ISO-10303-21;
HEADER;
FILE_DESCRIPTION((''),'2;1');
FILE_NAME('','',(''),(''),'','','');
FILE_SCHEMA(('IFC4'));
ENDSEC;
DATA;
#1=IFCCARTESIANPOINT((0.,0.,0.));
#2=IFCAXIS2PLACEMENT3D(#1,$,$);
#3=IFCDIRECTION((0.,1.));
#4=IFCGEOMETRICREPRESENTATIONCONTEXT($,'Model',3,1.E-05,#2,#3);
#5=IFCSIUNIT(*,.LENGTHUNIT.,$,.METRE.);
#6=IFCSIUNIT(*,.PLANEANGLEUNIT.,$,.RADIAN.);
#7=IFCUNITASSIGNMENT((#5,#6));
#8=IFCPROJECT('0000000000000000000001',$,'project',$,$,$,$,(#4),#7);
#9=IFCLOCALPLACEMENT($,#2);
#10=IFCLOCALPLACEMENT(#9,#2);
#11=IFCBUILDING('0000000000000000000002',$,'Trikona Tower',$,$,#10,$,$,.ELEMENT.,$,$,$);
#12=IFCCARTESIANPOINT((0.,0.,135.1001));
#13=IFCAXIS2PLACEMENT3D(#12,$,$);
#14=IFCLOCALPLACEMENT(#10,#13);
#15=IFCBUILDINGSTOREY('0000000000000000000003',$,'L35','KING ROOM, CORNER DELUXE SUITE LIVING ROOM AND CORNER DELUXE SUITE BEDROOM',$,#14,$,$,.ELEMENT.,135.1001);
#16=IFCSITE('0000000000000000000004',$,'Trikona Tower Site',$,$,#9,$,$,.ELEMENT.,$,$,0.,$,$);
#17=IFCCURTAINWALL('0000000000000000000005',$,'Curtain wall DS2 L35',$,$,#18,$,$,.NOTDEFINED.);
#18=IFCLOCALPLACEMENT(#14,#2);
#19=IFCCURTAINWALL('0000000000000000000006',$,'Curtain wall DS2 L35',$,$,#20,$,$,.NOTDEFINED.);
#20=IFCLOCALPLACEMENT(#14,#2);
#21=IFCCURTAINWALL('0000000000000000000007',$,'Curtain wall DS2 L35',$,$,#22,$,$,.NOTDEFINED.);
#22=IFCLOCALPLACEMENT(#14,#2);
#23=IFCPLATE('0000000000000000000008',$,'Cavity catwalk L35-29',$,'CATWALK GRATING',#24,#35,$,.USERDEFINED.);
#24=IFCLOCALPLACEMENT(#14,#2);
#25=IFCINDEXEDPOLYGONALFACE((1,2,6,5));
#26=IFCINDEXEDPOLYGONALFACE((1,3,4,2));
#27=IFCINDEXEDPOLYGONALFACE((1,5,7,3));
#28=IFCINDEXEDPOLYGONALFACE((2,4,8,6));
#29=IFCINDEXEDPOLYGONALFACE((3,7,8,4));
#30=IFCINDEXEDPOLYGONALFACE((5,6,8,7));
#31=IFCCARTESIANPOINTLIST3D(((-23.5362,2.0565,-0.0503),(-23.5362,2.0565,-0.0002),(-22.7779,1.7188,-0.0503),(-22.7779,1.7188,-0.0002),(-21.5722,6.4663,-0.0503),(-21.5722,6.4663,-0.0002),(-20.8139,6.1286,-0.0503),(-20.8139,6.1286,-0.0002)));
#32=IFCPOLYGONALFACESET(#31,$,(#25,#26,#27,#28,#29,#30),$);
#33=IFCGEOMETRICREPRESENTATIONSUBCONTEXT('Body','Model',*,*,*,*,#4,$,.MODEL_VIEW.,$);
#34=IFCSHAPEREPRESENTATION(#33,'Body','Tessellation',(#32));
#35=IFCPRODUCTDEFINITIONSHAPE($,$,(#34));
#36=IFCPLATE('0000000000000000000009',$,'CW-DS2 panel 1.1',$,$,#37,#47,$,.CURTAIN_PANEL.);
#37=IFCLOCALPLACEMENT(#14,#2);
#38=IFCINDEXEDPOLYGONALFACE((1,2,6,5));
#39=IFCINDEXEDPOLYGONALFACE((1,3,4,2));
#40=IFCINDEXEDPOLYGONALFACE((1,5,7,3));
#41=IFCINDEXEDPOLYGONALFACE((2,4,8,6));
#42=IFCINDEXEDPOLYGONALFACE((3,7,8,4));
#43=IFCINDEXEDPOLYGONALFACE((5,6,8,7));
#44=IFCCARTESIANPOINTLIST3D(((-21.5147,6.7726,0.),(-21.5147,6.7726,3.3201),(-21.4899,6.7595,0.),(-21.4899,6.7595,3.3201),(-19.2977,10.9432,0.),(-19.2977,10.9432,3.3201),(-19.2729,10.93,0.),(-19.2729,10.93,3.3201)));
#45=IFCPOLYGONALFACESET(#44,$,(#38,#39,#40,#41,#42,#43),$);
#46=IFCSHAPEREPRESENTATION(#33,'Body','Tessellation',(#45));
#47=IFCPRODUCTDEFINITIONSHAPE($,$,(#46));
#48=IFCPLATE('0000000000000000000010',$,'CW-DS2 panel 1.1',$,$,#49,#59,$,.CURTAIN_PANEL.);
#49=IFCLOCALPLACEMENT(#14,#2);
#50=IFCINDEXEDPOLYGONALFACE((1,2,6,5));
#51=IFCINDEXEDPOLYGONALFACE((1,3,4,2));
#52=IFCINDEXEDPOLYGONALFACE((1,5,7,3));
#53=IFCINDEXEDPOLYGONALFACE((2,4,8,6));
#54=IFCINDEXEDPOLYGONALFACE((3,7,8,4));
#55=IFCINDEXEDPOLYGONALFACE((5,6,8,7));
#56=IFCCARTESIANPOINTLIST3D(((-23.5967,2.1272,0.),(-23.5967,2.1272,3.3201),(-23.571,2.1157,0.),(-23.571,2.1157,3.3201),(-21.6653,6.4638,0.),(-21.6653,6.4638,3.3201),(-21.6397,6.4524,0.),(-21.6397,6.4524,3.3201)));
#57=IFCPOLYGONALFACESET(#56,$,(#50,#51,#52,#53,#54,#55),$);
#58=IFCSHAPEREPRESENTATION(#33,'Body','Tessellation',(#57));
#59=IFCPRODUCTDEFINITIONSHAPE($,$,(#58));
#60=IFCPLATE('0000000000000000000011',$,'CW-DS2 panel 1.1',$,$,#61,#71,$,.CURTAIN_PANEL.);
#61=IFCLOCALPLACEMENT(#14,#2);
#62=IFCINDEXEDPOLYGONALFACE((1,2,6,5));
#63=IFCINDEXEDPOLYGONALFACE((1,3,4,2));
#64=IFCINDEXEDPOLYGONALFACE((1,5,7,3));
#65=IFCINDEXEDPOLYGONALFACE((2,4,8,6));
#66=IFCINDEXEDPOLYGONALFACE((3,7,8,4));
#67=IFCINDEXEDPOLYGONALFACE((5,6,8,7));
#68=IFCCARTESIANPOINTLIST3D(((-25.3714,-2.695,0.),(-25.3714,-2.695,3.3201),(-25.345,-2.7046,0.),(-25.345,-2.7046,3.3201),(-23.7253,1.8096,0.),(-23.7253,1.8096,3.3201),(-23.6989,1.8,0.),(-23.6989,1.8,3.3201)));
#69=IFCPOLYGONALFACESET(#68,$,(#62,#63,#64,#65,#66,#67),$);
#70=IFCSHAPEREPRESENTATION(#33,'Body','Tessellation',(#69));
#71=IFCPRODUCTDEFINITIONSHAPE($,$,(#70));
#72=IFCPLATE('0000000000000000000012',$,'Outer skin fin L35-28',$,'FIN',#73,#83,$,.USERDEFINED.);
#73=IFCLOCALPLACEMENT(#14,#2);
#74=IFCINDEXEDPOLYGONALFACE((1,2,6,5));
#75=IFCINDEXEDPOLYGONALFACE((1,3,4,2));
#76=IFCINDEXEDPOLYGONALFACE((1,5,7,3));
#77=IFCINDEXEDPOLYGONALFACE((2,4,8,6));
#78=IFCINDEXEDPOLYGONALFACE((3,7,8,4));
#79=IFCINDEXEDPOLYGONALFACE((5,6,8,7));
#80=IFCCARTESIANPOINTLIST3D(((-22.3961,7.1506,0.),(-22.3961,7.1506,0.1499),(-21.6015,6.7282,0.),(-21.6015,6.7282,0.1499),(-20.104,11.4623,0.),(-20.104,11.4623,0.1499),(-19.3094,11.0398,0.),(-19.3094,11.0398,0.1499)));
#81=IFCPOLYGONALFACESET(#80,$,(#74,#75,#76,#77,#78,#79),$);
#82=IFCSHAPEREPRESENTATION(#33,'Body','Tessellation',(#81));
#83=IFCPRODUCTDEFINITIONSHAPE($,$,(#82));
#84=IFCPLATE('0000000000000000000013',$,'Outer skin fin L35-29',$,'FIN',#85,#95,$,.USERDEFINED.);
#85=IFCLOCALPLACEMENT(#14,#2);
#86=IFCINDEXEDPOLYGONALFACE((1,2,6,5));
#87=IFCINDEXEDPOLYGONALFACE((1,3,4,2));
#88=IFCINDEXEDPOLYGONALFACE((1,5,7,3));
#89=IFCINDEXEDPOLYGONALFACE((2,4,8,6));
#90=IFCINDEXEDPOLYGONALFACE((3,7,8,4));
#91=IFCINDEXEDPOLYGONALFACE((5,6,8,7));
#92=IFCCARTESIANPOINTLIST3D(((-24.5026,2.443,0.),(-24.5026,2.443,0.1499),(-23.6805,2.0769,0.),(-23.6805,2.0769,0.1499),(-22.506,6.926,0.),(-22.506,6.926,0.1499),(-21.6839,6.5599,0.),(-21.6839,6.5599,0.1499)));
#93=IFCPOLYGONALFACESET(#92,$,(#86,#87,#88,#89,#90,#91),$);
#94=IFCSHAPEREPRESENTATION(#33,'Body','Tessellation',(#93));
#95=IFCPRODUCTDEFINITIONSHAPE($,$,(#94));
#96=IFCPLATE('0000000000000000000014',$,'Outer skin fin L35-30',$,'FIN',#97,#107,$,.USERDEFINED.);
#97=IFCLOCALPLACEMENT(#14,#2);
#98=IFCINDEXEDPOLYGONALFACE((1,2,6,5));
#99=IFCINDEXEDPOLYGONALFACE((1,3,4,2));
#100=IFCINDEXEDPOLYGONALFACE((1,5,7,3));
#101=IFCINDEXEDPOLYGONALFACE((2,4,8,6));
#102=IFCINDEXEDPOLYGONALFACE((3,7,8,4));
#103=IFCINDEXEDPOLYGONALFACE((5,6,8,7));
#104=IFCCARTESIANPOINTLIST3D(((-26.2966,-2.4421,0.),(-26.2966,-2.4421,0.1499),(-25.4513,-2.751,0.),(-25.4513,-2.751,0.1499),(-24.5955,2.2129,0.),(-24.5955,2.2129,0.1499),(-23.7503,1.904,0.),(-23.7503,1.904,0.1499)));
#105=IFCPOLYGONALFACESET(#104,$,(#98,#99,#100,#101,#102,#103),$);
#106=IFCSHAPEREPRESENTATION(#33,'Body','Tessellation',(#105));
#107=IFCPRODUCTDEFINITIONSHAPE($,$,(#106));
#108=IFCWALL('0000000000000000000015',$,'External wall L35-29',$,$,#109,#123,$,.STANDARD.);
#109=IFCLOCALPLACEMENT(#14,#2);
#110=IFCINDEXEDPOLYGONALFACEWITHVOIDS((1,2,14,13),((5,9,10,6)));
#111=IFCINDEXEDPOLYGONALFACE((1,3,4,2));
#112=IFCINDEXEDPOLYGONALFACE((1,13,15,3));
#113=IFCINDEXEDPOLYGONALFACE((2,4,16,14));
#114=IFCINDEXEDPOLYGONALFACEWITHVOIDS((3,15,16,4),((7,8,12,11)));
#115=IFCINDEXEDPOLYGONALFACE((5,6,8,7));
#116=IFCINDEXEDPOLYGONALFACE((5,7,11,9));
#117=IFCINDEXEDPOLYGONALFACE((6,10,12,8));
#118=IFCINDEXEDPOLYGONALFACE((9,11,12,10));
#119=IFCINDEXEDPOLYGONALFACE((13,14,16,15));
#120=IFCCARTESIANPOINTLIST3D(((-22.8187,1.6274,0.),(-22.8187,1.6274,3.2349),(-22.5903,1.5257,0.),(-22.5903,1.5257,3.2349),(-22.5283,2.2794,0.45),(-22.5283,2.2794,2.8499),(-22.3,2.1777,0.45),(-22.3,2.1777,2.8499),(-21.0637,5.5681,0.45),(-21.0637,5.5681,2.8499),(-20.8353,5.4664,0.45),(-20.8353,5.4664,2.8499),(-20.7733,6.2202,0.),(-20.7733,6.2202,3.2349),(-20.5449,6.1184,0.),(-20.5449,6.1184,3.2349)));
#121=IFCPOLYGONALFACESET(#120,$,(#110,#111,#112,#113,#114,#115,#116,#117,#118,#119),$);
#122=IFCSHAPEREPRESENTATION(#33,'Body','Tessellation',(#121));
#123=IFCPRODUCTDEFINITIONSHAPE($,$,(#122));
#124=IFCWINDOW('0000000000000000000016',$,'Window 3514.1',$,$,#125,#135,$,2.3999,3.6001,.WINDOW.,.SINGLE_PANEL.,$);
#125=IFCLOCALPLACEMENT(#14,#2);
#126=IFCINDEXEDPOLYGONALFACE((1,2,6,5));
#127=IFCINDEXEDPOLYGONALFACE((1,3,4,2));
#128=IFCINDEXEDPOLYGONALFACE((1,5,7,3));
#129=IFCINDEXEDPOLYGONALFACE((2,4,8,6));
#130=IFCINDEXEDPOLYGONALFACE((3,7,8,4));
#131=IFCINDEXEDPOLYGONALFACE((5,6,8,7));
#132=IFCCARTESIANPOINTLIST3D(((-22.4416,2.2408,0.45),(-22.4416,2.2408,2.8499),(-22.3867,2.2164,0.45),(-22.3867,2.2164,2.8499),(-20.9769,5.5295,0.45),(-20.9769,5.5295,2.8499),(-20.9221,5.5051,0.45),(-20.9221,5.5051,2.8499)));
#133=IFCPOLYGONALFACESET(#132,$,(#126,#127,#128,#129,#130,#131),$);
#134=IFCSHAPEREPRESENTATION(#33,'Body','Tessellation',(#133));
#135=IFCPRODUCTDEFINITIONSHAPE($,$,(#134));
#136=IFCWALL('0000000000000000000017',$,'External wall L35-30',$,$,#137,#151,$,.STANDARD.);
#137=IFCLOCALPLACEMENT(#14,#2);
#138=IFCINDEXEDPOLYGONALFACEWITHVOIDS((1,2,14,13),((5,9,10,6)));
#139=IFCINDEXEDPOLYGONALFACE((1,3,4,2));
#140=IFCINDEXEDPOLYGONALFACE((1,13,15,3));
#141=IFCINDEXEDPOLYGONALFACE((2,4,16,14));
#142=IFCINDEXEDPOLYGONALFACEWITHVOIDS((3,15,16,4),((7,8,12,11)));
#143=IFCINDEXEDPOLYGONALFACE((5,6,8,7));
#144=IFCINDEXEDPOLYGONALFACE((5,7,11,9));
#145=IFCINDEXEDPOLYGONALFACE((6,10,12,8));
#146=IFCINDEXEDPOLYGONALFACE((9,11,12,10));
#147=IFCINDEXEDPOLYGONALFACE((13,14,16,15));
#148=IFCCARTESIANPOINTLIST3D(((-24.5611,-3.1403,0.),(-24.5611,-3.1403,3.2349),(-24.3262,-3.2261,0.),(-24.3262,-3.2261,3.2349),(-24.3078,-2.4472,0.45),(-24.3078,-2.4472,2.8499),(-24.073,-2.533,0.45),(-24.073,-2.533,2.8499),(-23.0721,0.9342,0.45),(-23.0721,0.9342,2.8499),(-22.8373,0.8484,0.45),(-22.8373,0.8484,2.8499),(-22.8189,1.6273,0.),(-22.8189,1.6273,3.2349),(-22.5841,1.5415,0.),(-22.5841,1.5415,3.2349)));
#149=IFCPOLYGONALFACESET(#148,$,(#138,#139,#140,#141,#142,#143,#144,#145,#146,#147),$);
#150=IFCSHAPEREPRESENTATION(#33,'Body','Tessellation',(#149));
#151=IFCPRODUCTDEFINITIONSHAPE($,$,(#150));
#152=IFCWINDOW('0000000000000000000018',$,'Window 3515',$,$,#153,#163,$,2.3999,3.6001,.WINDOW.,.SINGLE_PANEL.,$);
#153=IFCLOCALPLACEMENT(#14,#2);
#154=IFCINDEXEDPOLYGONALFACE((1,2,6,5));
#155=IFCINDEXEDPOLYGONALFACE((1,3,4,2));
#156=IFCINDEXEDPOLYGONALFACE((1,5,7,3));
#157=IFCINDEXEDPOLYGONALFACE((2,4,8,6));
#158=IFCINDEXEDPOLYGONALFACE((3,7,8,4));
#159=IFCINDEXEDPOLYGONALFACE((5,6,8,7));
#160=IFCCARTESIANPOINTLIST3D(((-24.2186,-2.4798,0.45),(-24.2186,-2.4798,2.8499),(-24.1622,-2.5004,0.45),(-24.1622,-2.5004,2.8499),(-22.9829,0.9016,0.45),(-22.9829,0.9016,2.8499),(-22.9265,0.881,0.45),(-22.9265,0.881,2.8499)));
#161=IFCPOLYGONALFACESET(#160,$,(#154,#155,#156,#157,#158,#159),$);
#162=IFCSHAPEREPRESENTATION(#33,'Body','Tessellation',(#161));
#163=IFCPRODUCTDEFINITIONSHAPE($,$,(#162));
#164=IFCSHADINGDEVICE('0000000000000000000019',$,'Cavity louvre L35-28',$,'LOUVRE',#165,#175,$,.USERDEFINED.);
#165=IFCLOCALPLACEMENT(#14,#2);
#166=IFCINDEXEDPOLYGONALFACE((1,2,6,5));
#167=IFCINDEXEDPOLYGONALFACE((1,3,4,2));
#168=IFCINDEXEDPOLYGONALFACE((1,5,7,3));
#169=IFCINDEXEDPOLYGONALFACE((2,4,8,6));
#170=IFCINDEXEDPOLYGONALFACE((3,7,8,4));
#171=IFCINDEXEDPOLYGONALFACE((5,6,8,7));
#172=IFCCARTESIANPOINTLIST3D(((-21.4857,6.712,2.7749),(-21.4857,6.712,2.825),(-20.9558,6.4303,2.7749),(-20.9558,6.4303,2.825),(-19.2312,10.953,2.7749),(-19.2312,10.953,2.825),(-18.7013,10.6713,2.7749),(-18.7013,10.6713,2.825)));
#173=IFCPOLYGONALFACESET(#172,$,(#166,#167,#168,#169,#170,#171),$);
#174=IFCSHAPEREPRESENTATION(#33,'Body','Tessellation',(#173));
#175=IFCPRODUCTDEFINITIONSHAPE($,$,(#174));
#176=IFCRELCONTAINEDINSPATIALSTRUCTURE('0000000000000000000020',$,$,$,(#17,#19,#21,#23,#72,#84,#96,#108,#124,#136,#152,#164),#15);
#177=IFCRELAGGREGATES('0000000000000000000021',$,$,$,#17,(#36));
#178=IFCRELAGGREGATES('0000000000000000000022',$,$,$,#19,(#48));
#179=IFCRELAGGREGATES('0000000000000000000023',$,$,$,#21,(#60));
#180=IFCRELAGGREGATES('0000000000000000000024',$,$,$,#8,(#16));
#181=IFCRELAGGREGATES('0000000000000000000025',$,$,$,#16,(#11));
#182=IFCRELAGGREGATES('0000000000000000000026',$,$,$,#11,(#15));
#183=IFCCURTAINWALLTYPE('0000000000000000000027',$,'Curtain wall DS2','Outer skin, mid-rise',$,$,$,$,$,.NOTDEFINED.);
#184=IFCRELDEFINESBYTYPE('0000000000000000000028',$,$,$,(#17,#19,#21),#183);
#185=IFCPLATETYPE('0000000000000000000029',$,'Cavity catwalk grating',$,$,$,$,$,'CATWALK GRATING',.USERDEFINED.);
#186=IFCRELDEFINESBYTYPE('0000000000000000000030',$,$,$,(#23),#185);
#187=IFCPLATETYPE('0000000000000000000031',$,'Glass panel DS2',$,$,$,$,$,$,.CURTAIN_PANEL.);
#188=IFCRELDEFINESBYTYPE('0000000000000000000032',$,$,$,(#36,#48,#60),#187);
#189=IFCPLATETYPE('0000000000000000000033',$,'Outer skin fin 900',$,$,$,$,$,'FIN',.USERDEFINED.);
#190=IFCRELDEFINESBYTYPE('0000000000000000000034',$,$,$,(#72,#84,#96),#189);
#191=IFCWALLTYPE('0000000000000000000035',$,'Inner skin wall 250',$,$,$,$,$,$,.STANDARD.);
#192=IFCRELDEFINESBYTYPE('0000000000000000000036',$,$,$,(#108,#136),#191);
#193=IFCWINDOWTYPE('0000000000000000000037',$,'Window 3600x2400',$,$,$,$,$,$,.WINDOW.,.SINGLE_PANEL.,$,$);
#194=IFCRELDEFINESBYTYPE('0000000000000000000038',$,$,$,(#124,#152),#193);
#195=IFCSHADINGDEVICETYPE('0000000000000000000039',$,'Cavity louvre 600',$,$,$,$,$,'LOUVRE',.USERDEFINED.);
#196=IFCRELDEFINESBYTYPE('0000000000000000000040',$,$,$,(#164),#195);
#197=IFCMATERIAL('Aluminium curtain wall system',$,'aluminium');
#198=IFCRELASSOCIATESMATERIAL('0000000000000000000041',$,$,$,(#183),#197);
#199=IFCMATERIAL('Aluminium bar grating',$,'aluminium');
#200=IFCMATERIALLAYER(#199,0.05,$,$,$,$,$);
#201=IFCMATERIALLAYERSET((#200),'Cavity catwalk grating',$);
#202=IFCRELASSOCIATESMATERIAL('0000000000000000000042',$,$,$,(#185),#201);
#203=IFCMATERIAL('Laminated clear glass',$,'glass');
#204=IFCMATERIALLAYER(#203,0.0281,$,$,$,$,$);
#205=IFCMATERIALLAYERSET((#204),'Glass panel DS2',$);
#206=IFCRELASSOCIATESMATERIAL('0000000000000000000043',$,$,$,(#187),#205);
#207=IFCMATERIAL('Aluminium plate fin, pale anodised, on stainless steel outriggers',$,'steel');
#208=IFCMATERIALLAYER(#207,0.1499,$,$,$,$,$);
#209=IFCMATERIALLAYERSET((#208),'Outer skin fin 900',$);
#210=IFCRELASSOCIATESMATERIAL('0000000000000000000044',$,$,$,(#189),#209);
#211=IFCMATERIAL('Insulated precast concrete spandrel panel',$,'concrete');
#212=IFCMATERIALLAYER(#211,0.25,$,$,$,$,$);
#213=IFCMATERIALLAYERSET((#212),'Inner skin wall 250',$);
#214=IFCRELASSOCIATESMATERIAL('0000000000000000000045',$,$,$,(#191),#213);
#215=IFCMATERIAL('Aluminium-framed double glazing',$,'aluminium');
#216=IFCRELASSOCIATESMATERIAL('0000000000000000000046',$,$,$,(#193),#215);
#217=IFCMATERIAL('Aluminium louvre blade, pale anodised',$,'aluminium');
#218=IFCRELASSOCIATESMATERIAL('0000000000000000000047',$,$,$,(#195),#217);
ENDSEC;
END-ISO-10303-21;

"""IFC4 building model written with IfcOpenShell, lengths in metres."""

from ifc_helpers import new_model, si_unit, direction, frame, frame_2d, origin, origin_2d, place, context, subcontext, project, spatial, rectangle, extrude, material, layer, layer_set, type_object, element, fill, aggregate, save


model = new_model("IFC4")

# Units and contexts
model_context = context("Model", 3, precision=1e-05, world=origin(), true_north=direction((0.0, 1.0)))
body_context = subcontext(model_context, "Body", "Model", "MODEL_VIEW")
ifc_project = project(units=[si_unit("LENGTHUNIT", "METRE"), si_unit("PLANEANGLEUNIT", "RADIAN")], contexts=[model_context])

# Site, building, storey
site_placement = place(None, origin())
site = spatial("IfcSite", under=ifc_project, at=site_placement, Name="Trikona Tower Site", CompositionType="ELEMENT", RefElevation=0.0)
building_placement = place(site_placement, origin())
building = spatial("IfcBuilding", under=site, at=building_placement, Name="Trikona Tower", CompositionType="ELEMENT")
storey_placement = place(building_placement, frame((0.0, 0.0, 135.1001)))
storey = spatial("IfcBuildingStorey", under=building, at=storey_placement, Name="L35", Description="KING ROOM, CORNER DELUXE SUITE LIVING ROOM AND CORNER DELUXE SUITE BEDROOM", CompositionType="ELEMENT", Elevation=135.1001)

# Shared definitions
ifc_material_1 = material(Name="Aluminium curtain wall system", Category="aluminium")
curtain_wall_type = type_object("IfcCurtainWallType", Name="Curtain wall DS2", Description="Outer skin, mid-rise", PredefinedType="NOTDEFINED", material=ifc_material_1)

# Curtain walls
curtain_wall_1_placement = place(storey_placement, origin())
curtain_wall_1 = element("IfcCurtainWall", 1, at=curtain_wall_1_placement, inside=storey, type_object=curtain_wall_type, Name="Curtain wall DS2 L35", PredefinedType="NOTDEFINED")
curtain_wall_2_placement = place(storey_placement, origin())
curtain_wall_2 = element("IfcCurtainWall", 2, at=curtain_wall_2_placement, inside=storey, type_object=curtain_wall_type, Name="Curtain wall DS2 L35", PredefinedType="NOTDEFINED")

# Curtain wall
curtain_wall_3_placement = place(storey_placement, origin())
curtain_wall_3 = element("IfcCurtainWall", 3, at=curtain_wall_3_placement, inside=storey, type_object=curtain_wall_type, Name="Curtain wall DS2 L35", PredefinedType="NOTDEFINED")

# Plate
ifc_material_2 = material(Name="Aluminium bar grating", Category="aluminium")
ifc_layer_1 = layer(ifc_material_2, 0.05)
ifc_layer_set_1 = layer_set([ifc_layer_1], Name="Cavity catwalk grating")
plate_type_1 = type_object("IfcPlateType", Name="Cavity catwalk grating", ElementType="CATWALK GRATING", PredefinedType="USERDEFINED", material=ifc_layer_set_1)
plate_1_placement = place(storey_placement, frame((-22.175, 4.0925, -0.0503), z_axis=(0.0, 0.0, 1.0), x_axis=(-0.406843, -0.913498, 0.0)))
element("IfcPlate", 4, at=plate_1_placement, inside=storey, type_object=plate_type_1, Name="Cavity catwalk L35-29", ObjectType="CATWALK GRATING", PredefinedType="USERDEFINED", context=body_context, shape_type="SweptSolid", body=[
    extrude(rectangle(XDim=4.8274, YDim=0.8301, at=origin_2d()), origin(), (0.0, 0.0, 1.0), 0.05),
])

# Plates
ifc_material_3 = material(Name="Laminated clear glass", Category="glass")
ifc_layer_2 = layer(ifc_material_3, 0.0281)
ifc_layer_set_2 = layer_set([ifc_layer_2], Name="Glass panel DS2")
plate_type_2 = type_object("IfcPlateType", Name="Glass panel DS2", PredefinedType="CURTAIN_PANEL", material=ifc_layer_set_2)
plate_2_placement = place(storey_placement, frame((-20.3938, 8.8513, 0.0), z_axis=(0.0, 0.0, 1.0), x_axis=(-0.46938, -0.882996, 0.0)))
plate_2 = element("IfcPlate", 5, at=plate_2_placement, type_object=plate_type_2, Name="CW-DS2 panel 1.1", PredefinedType="CURTAIN_PANEL", context=body_context, shape_type="SweptSolid", body=[
    extrude(rectangle(XDim=4.7231, YDim=0.0281, at=origin_2d()), origin(), (0.0, 0.0, 1.0), 3.3201),
])
aggregate(curtain_wall_1, [plate_2])
plate_3_placement = place(storey_placement, frame((-22.6182, 4.2898, 0.0), z_axis=(0.0, 0.0, 1.0), x_axis=(-0.406836, -0.913501, 0.0)))
plate_3 = element("IfcPlate", 6, at=plate_3_placement, type_object=plate_type_2, Name="CW-DS2 panel 1.1", PredefinedType="CURTAIN_PANEL", context=body_context, shape_type="SweptSolid", body=[
    extrude(rectangle(XDim=4.7473, YDim=0.0281, at=origin_2d()), origin(), (0.0, 0.0, 1.0), 3.3201),
])
aggregate(curtain_wall_2, [plate_3])
plate_4_placement = place(storey_placement, frame((-24.5352, -0.4475, 0.0), z_axis=(0.0, 0.0, 1.0), x_axis=(-0.343223, -0.939254, 0.0)))
plate_4 = element("IfcPlate", 7, at=plate_4_placement, type_object=plate_type_2, Name="CW-DS2 panel 1.1", PredefinedType="CURTAIN_PANEL", context=body_context, shape_type="SweptSolid", body=[
    extrude(rectangle(XDim=4.7959, YDim=0.0281, at=origin_2d()), origin(), (0.0, 0.0, 1.0), 3.3201),
])
aggregate(curtain_wall_3, [plate_4])

# Plates
ifc_material_4 = material(Name="Aluminium plate fin, pale anodised, on stainless steel outriggers", Category="steel")
ifc_layer_3 = layer(ifc_material_4, 0.1499)
ifc_layer_set_3 = layer_set([ifc_layer_3], Name="Outer skin fin 900")
plate_type_3 = type_object("IfcPlateType", Name="Outer skin fin 900", ElementType="FIN", PredefinedType="USERDEFINED", material=ifc_layer_set_3)
plate_5_placement = place(storey_placement, frame((-20.8528, 9.0952, 0.0), z_axis=(0.0, 0.0, 1.0), x_axis=(-0.469398, -0.882987, 0.0)))
element("IfcPlate", 8, at=plate_5_placement, inside=storey, type_object=plate_type_3, Name="Outer skin fin L35-28", ObjectType="FIN", PredefinedType="USERDEFINED", context=body_context, shape_type="SweptSolid", body=[
    extrude(rectangle(XDim=4.8831, YDim=0.8999, at=origin_2d()), origin(), (0.0, 0.0, 1.0), 0.1499),
])
plate_6_placement = place(storey_placement, frame((-23.0933, 4.5015, 0.0), z_axis=(0.0, 0.0, 1.0), x_axis=(-0.406843, -0.913498, 0.0)))
element("IfcPlate", 9, at=plate_6_placement, inside=storey, type_object=plate_type_3, Name="Outer skin fin L35-29", ObjectType="FIN", PredefinedType="USERDEFINED", context=body_context, shape_type="SweptSolid", body=[
    extrude(rectangle(XDim=4.9075, YDim=0.8999, at=origin_2d()), origin(), (0.0, 0.0, 1.0), 0.1499),
])
plate_7_placement = place(storey_placement, frame((-25.0234, -0.269, 0.0), z_axis=(0.0, 0.0, 1.0), x_axis=(-0.34322, -0.939255, 0.0)))
element("IfcPlate", 10, at=plate_7_placement, inside=storey, type_object=plate_type_3, Name="Outer skin fin L35-30", ObjectType="FIN", PredefinedType="USERDEFINED", context=body_context, shape_type="SweptSolid", body=[
    extrude(rectangle(XDim=4.9561, YDim=0.8999, at=origin_2d()), origin(), (0.0, 0.0, 1.0), 0.1499),
])

# Walls, openings, windows
ifc_material_5 = material(Name="Insulated precast concrete spandrel panel", Category="concrete")
ifc_layer_4 = layer(ifc_material_5, 0.25)
ifc_layer_set_4 = layer_set([ifc_layer_4], Name="Inner skin wall 250")
wall_type = type_object("IfcWallType", Name="Inner skin wall 250", PredefinedType="STANDARD", material=ifc_layer_set_4)
wall_1_placement = place(storey_placement, frame((-20.6592, 6.1692, 0.0), z_axis=(0.0, 0.0, 1.0), x_axis=(-0.406832, -0.913503, 0.0)))
wall_1 = element("IfcWall", 11, at=wall_1_placement, inside=storey, type_object=wall_type, Name="External wall L35-29", PredefinedType="STANDARD", context=body_context, shape_type="SweptSolid", body=[
    extrude(rectangle(XDim=5.0276, YDim=0.25, at=frame_2d((2.5137, 0.0))), origin(), (0.0, 0.0, 1.0), 3.2349),
])
opening_1_placement = place(wall_1_placement, frame((0.7136, 0.0, 0.45)))
opening_1 = element("IfcOpeningElement", 12, at=opening_1_placement, cuts=wall_1, PredefinedType="OPENING", context=body_context, shape_type="SweptSolid", body=[
    extrude(rectangle(XDim=3.6001, YDim=2.3999, at=frame_2d((1.8, 1.2))), frame((0.0, 0.135, 0.0), z_axis=(0.0, -1.0, 0.0), x_axis=(1.0, 0.0, 0.0)), (0.0, 0.0, 1.0), 0.27),
])
ifc_material_6 = material(Name="Aluminium-framed double glazing", Category="aluminium")
window_type = type_object("IfcWindowType", Name="Window 3600x2400", PartitioningType="SINGLE_PANEL", PredefinedType="WINDOW", material=ifc_material_6)
window_1_placement = place(opening_1_placement, origin())
window_1 = element("IfcWindow", 13, at=window_1_placement, inside=storey, type_object=window_type, Name="Window 3514.1", OverallHeight=2.3999, OverallWidth=3.6001, PartitioningType="SINGLE_PANEL", PredefinedType="WINDOW", context=body_context, shape_type="SweptSolid", body=[
    extrude(rectangle(XDim=3.6001, YDim=2.3999, at=frame_2d((1.8, 1.2))), frame((0.0, 0.03, 0.0), z_axis=(0.0, -1.0, 0.0), x_axis=(1.0, 0.0, 0.0)), (0.0, 0.0, 1.0), 0.0601),
])
fill(opening_1, window_1)
wall_2_placement = place(storey_placement, frame((-22.7014, 1.5845, 0.0), z_axis=(0.0, 0.0, 1.0), x_axis=(-0.343226, -0.939253, 0.0)))
wall_2 = element("IfcWall", 14, at=wall_2_placement, inside=storey, type_object=wall_type, Name="External wall L35-30", PredefinedType="STANDARD", context=body_context, shape_type="SweptSolid", body=[
    extrude(rectangle(XDim=5.0759, YDim=0.25, at=frame_2d((2.5381, 0.0))), origin(), (0.0, 0.0, 1.0), 3.2349),
])
opening_2_placement = place(wall_2_placement, frame((0.738, 0.0, 0.45)))
opening_2 = element("IfcOpeningElement", 15, at=opening_2_placement, cuts=wall_2, PredefinedType="OPENING", context=body_context, shape_type="SweptSolid", body=[
    extrude(rectangle(XDim=3.6001, YDim=2.3999, at=frame_2d((1.8, 1.2))), frame((0.0, 0.135, 0.0), z_axis=(0.0, -1.0, 0.0), x_axis=(1.0, 0.0, 0.0)), (0.0, 0.0, 1.0), 0.27),
])
window_2_placement = place(opening_2_placement, origin())
window_2 = element("IfcWindow", 16, at=window_2_placement, inside=storey, type_object=window_type, Name="Window 3515", OverallHeight=2.3999, OverallWidth=3.6001, PartitioningType="SINGLE_PANEL", PredefinedType="WINDOW", context=body_context, shape_type="SweptSolid", body=[
    extrude(rectangle(XDim=3.6001, YDim=2.3999, at=frame_2d((1.8, 1.2))), frame((0.0, 0.03, 0.0), z_axis=(0.0, -1.0, 0.0), x_axis=(1.0, 0.0, 0.0)), (0.0, 0.0, 1.0), 0.0601),
])
fill(opening_2, window_2)

# Shading device
ifc_material_7 = material(Name="Aluminium louvre blade, pale anodised", Category="aluminium")
shading_device_type = type_object("IfcShadingDeviceType", Name="Cavity louvre 600", ElementType="LOUVRE", PredefinedType="USERDEFINED", material=ifc_material_7)
shading_device_1_placement = place(storey_placement, frame((-20.0935, 8.6917, 2.7749), z_axis=(0.0, 0.0, 1.0), x_axis=(-0.469398, -0.882987, 0.0)))
element("IfcShadingDevice", 17, at=shading_device_1_placement, inside=storey, type_object=shading_device_type, Name="Cavity louvre L35-28", ObjectType="LOUVRE", PredefinedType="USERDEFINED", context=body_context, shape_type="SweptSolid", body=[
    extrude(rectangle(XDim=4.803, YDim=0.6001, at=origin_2d()), origin(), (0.0, 0.0, 1.0), 0.05),
])

save(model, "model.ifc")
